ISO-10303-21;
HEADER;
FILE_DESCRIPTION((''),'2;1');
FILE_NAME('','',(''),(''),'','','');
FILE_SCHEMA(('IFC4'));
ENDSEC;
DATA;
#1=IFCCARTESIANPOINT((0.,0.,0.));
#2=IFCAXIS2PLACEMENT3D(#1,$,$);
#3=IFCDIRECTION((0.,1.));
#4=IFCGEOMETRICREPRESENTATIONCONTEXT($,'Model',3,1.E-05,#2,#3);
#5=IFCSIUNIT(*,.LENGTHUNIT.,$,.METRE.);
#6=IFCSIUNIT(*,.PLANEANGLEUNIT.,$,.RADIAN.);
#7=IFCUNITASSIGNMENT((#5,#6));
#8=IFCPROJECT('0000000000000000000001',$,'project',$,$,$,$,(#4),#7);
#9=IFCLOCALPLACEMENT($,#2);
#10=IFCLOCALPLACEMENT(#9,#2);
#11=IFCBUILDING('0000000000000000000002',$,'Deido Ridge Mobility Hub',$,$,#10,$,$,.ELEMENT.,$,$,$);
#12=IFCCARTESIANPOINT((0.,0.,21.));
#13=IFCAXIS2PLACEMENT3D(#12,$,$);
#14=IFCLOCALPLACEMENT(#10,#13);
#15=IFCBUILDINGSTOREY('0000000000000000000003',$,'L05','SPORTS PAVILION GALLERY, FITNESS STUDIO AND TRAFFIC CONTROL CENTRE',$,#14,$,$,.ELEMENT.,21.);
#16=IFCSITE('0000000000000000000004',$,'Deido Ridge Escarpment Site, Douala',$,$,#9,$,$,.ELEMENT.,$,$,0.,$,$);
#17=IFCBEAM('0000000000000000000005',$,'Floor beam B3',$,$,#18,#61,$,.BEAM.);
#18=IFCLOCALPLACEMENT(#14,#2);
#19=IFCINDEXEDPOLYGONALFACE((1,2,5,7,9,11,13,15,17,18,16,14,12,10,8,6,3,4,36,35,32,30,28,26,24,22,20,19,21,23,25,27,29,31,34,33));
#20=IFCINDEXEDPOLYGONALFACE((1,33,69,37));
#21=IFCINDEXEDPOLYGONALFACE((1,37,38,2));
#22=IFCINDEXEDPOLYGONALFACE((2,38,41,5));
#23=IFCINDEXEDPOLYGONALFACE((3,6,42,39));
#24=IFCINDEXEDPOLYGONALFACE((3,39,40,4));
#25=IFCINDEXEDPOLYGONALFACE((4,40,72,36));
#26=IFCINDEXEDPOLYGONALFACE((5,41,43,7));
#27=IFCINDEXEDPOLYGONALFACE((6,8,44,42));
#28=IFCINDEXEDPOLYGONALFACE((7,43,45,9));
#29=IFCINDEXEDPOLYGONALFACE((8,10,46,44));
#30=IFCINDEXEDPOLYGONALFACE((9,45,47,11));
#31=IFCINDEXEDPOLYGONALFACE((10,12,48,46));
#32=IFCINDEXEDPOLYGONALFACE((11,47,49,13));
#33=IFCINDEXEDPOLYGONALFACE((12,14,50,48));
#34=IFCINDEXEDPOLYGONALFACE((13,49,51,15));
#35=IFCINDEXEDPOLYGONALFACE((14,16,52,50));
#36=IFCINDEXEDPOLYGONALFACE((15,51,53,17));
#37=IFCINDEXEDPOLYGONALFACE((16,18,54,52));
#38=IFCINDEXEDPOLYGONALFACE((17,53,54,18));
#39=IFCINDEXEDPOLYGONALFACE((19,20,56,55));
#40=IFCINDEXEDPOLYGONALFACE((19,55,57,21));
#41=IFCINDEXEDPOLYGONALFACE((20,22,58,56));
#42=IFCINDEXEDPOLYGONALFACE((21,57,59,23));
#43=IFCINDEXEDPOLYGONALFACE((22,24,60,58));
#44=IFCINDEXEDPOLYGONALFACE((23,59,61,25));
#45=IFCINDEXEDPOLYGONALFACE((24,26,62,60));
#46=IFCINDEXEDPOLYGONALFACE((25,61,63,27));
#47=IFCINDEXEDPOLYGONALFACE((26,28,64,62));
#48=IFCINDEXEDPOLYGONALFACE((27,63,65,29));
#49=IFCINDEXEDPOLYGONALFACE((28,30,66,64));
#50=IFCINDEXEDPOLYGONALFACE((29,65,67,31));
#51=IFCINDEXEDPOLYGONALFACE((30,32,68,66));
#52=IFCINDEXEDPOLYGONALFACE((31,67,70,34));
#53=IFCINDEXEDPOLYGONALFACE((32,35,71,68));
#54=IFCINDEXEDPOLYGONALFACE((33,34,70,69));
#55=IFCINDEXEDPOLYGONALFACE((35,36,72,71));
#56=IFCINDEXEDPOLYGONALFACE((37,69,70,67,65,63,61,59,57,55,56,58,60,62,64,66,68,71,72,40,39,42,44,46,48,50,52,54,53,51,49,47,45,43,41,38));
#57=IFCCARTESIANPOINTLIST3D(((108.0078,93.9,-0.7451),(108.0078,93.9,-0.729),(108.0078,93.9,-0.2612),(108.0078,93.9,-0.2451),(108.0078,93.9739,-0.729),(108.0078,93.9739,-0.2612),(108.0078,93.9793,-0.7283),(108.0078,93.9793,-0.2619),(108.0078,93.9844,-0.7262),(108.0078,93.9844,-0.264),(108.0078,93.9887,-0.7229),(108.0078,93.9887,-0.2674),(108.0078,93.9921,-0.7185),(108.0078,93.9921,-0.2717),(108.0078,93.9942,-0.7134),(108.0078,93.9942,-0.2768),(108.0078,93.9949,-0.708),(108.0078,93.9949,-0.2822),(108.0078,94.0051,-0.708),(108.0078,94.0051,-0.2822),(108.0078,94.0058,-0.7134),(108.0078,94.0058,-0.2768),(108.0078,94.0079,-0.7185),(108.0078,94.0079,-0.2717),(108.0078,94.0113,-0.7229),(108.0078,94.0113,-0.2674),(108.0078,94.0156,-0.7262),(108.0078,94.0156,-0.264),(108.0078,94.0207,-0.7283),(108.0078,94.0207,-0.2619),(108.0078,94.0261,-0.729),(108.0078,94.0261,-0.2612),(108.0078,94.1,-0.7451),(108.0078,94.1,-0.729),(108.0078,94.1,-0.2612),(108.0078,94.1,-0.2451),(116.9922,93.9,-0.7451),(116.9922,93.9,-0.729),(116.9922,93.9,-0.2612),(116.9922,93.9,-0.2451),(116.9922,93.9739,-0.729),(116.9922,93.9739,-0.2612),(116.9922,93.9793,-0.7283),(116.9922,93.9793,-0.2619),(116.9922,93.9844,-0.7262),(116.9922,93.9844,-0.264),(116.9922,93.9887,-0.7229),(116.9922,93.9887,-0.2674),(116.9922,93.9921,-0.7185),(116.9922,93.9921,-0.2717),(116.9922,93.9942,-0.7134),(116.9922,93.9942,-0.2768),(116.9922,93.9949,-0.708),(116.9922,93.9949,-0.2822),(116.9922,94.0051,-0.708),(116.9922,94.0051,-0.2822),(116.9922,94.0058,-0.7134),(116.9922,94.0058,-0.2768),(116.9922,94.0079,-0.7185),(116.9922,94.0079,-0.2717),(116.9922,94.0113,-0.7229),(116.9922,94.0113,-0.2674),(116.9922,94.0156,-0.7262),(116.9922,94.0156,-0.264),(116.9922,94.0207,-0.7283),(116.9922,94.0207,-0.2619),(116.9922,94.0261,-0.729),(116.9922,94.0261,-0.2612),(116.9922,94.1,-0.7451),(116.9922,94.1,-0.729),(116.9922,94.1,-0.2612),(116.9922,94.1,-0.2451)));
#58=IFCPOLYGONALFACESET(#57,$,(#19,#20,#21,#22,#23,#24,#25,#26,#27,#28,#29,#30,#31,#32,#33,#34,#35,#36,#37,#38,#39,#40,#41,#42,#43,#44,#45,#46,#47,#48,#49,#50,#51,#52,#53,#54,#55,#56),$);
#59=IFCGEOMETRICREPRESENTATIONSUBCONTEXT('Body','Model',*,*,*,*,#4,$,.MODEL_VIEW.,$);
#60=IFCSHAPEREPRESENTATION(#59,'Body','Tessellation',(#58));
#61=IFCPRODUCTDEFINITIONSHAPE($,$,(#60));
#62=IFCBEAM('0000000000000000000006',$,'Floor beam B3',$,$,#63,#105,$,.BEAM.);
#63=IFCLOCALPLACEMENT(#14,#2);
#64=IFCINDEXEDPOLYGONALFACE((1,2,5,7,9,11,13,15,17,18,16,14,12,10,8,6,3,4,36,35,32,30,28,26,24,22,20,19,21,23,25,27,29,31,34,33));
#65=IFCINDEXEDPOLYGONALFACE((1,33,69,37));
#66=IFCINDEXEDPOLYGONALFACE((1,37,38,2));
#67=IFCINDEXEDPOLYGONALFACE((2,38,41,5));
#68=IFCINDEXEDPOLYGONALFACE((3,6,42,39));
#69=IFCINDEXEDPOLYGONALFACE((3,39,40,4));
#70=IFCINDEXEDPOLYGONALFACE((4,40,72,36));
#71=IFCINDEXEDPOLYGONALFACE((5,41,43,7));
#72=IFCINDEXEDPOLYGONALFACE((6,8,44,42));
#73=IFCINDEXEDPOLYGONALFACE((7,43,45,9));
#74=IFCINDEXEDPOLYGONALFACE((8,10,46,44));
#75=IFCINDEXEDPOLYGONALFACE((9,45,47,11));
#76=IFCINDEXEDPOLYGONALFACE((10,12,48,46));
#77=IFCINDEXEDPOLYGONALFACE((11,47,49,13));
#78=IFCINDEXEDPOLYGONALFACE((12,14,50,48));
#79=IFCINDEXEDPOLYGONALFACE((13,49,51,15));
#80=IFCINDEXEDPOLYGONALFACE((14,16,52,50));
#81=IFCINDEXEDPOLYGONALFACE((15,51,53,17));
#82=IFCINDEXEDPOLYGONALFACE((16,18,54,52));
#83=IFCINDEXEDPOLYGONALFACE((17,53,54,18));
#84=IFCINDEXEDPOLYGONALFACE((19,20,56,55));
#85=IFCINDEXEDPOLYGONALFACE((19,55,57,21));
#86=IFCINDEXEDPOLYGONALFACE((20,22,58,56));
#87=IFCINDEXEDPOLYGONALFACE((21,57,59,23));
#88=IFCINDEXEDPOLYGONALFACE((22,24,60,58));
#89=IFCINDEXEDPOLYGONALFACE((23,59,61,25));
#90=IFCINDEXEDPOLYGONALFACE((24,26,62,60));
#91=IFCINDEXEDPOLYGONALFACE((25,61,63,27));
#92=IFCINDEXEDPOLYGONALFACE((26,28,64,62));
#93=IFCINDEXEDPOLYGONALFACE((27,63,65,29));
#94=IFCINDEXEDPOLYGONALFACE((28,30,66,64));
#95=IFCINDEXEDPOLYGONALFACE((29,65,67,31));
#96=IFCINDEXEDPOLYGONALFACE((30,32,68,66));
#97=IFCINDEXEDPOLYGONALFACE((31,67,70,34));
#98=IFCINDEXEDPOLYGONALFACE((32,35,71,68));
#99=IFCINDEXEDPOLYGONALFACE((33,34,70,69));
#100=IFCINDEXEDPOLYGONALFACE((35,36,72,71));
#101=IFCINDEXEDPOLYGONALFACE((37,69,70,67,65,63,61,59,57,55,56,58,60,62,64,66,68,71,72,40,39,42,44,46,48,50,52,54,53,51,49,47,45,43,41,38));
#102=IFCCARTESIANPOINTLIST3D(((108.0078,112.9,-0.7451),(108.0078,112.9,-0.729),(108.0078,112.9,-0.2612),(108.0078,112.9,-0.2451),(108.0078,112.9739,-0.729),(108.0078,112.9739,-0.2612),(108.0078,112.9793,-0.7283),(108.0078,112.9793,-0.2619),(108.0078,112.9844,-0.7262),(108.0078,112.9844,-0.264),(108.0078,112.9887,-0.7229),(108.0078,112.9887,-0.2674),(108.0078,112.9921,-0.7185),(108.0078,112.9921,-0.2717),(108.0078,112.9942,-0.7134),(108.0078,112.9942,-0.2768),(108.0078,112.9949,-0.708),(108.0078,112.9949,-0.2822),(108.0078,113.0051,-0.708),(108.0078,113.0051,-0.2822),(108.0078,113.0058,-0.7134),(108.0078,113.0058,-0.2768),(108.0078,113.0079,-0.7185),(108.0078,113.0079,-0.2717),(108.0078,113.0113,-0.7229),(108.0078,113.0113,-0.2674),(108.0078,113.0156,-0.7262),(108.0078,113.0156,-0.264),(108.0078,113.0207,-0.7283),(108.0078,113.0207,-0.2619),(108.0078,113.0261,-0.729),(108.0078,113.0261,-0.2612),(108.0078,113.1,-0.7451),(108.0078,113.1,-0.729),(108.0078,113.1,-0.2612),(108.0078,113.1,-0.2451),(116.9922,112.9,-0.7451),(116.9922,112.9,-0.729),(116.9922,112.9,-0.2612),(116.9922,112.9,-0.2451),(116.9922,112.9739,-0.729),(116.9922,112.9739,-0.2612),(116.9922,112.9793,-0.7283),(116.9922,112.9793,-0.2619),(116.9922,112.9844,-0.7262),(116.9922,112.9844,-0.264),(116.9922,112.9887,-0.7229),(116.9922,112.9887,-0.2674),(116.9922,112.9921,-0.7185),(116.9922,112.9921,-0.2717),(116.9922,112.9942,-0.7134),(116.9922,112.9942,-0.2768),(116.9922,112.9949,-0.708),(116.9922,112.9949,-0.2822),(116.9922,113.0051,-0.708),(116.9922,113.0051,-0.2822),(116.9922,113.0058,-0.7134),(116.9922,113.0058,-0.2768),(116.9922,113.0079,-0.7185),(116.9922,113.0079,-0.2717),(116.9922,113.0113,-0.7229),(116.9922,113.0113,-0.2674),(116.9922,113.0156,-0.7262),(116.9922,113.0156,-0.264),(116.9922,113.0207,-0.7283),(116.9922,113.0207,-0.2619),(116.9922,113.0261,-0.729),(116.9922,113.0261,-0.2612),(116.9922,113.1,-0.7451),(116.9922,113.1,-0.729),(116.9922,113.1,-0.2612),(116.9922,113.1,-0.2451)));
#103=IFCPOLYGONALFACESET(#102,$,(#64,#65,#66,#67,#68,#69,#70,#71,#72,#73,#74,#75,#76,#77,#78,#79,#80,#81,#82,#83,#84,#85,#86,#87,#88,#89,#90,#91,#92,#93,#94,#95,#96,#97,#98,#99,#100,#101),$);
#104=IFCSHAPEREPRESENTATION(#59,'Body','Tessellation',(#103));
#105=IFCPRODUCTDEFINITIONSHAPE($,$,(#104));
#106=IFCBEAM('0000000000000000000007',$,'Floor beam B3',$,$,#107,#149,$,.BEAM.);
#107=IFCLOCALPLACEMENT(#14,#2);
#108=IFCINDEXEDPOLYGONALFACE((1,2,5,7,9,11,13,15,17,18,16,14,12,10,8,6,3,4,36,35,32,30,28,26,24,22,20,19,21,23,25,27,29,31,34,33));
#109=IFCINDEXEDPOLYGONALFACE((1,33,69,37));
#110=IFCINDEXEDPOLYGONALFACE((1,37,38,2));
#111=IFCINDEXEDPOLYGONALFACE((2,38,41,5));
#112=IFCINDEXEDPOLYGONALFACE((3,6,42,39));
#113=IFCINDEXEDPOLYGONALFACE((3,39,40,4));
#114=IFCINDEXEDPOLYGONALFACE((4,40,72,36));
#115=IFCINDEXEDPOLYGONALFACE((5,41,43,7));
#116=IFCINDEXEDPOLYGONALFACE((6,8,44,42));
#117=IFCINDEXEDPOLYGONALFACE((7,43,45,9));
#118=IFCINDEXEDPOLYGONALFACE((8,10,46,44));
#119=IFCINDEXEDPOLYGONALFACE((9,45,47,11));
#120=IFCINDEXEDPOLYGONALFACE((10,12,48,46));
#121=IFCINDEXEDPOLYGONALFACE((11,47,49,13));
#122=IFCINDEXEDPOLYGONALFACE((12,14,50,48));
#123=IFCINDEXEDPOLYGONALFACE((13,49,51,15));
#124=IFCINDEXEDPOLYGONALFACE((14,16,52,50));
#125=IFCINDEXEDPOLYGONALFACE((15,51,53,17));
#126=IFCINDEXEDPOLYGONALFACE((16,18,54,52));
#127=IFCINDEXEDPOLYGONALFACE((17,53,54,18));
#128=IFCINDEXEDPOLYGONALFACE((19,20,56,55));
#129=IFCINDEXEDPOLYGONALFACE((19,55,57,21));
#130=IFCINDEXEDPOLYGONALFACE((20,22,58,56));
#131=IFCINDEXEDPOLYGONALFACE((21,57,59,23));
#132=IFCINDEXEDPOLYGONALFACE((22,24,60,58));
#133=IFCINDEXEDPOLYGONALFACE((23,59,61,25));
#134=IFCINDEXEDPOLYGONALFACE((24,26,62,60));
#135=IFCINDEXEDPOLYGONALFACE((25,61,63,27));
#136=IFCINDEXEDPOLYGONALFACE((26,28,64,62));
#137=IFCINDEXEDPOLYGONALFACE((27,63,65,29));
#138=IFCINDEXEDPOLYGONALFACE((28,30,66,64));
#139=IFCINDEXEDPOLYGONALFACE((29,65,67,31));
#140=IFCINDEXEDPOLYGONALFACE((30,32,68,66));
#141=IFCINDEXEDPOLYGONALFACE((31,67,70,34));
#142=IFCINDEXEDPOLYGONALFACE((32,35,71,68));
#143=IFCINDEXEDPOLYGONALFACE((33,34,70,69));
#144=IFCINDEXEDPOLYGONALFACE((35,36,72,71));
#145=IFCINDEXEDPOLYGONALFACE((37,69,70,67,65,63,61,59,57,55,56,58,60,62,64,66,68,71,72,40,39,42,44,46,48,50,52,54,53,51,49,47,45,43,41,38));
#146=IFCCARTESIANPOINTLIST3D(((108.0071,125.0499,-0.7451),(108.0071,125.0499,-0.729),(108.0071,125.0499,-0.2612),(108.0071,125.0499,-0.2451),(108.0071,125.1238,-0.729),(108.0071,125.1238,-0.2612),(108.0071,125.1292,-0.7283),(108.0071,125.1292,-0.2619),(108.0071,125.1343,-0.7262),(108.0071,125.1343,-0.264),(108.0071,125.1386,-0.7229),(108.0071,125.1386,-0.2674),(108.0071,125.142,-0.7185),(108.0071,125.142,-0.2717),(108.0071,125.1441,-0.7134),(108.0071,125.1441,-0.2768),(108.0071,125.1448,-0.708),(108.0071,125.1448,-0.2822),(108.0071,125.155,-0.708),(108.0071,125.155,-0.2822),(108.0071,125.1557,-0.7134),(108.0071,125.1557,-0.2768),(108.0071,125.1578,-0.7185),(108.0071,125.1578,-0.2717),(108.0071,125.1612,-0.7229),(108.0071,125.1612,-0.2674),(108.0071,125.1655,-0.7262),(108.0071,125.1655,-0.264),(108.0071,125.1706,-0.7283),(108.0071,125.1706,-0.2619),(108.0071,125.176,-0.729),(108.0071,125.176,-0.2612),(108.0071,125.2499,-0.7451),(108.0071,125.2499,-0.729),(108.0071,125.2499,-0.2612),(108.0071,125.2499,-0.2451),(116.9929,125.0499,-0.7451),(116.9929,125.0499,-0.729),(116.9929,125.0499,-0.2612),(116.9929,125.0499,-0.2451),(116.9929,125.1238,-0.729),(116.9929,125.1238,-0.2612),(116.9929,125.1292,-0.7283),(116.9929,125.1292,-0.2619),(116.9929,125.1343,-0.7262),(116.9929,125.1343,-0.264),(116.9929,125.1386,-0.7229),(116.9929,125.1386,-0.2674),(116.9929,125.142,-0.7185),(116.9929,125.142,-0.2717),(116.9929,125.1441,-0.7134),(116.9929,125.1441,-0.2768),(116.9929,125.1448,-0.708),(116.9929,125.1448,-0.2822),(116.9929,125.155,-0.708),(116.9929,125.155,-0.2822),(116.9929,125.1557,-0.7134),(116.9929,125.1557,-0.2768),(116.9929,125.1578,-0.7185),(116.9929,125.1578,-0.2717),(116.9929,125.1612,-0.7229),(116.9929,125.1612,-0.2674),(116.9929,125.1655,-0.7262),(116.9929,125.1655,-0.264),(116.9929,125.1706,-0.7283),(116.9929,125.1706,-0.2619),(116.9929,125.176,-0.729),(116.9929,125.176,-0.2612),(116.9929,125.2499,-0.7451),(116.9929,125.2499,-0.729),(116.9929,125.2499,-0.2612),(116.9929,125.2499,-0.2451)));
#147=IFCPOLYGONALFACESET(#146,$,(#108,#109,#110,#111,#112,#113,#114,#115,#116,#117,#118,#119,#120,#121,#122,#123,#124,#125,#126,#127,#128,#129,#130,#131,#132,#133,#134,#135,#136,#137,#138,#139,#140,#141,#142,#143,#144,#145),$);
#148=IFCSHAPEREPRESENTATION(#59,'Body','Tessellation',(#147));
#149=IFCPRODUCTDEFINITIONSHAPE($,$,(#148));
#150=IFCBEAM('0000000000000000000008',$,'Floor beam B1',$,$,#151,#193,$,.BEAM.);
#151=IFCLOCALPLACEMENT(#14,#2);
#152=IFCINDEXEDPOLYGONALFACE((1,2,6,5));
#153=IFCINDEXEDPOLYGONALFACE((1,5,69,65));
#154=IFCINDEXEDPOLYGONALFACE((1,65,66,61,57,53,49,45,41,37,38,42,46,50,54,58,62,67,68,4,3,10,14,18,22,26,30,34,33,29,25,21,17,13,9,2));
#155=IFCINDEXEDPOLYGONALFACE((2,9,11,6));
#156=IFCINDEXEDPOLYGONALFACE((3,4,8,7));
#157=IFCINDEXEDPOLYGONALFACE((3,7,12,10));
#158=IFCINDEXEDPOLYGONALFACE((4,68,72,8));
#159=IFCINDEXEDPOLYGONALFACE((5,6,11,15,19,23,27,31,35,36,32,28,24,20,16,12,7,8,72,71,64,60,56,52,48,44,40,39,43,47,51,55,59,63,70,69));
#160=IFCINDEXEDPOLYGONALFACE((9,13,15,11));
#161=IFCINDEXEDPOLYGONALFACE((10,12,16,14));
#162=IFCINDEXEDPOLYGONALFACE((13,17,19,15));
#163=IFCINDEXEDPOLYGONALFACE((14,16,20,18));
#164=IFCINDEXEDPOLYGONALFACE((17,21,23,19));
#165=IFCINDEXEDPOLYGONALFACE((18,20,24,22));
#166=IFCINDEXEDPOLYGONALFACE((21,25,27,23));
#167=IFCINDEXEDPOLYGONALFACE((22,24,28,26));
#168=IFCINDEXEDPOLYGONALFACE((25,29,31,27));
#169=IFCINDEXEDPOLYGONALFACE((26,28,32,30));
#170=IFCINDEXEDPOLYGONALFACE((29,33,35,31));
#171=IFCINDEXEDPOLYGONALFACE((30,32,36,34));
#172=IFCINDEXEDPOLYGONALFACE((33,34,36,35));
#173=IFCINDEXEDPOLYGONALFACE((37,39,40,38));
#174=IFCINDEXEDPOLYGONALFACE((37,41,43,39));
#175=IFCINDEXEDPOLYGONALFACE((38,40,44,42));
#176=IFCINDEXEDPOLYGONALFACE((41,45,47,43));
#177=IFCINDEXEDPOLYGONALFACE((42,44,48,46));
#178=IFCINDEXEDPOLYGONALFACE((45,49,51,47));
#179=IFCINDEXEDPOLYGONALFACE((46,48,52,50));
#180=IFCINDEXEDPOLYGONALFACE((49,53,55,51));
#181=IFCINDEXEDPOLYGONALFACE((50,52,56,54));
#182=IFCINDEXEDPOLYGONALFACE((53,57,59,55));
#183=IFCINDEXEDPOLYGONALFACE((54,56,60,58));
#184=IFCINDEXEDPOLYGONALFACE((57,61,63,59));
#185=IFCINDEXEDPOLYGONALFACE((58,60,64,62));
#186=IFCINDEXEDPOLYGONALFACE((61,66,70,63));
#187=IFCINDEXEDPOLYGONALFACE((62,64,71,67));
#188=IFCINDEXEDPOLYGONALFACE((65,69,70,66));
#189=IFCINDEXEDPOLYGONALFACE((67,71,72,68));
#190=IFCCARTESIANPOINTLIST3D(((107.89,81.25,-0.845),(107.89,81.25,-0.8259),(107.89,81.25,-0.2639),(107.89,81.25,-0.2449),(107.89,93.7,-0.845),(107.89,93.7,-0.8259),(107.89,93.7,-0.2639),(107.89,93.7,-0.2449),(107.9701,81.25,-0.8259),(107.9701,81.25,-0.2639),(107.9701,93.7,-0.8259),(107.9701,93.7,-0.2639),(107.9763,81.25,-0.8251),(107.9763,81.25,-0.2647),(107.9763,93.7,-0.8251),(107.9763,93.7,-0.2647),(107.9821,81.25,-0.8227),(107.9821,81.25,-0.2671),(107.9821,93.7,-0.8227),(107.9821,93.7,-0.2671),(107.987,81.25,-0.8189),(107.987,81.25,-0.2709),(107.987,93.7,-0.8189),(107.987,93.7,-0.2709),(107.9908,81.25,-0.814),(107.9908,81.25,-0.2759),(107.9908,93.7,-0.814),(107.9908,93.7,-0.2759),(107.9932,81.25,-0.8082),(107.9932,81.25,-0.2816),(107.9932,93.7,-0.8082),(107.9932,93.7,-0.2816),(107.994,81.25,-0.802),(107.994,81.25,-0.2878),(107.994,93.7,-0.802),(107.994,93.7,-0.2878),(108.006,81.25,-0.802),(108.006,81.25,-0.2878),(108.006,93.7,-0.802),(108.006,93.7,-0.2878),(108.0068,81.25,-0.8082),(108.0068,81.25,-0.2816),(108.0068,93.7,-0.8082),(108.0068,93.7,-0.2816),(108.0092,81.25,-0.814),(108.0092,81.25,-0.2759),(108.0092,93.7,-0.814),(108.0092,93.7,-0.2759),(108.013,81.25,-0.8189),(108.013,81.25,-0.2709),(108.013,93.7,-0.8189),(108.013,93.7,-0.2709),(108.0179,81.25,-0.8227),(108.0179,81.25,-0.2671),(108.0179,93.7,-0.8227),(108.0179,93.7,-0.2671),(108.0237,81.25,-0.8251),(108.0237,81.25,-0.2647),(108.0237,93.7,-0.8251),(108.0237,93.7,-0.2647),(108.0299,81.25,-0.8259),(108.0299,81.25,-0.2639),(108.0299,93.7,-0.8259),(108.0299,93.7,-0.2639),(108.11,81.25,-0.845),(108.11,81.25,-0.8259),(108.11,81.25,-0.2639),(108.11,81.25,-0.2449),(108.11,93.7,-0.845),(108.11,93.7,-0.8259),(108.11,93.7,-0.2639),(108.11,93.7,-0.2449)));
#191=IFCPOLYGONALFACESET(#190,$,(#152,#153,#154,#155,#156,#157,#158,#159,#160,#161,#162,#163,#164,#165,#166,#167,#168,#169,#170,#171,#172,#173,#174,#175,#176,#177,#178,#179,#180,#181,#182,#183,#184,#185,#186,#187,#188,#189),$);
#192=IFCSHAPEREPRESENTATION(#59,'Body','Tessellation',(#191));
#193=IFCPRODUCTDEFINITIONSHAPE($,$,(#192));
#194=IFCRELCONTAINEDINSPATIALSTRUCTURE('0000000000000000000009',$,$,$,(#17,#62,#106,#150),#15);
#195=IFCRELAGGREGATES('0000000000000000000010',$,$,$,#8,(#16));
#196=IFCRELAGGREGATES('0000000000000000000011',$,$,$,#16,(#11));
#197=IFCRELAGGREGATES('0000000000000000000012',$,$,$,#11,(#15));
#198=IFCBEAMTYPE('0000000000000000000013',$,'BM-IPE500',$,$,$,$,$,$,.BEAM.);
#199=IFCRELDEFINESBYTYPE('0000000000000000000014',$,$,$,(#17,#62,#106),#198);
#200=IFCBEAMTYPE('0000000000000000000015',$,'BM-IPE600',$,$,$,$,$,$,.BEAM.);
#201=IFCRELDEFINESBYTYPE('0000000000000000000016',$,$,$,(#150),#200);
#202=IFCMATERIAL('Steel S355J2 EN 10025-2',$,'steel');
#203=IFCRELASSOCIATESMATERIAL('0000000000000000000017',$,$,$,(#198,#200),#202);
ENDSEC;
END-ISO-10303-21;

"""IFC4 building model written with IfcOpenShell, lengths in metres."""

from ifc_helpers import new_model, si_unit, direction, frame, origin, origin_2d, place, context, subcontext, project, spatial, i_section, extrude, material, material_profile, profile_set, type_object, element, save


model = new_model("IFC4")

# Units and contexts
model_context = context("Model", 3, precision=1e-05, world=origin(), true_north=direction((0.0, 1.0)))
body_context = subcontext(model_context, "Body", "Model", "MODEL_VIEW")
ifc_project = project(units=[si_unit("LENGTHUNIT", "METRE"), si_unit("PLANEANGLEUNIT", "RADIAN")], contexts=[model_context])

# Site, building, storey
site_placement = place(None, origin())
site = spatial("IfcSite", under=ifc_project, at=site_placement, Name="Deido Ridge Escarpment Site, Douala", CompositionType="ELEMENT", RefElevation=0.0)
building_placement = place(site_placement, origin())
building = spatial("IfcBuilding", under=site, at=building_placement, Name="Deido Ridge Mobility Hub", CompositionType="ELEMENT")
storey_placement = place(building_placement, frame((0.0, 0.0, 21.0)))
storey = spatial("IfcBuildingStorey", under=building, at=storey_placement, Name="L05", Description="SPORTS PAVILION GALLERY, FITNESS STUDIO AND TRAFFIC CONTROL CENTRE", CompositionType="ELEMENT", Elevation=21.0)

# Beams
ifc_material_1 = material(Name="Steel S355J2 EN 10025-2", Category="steel")
ifc_material_profile_1 = material_profile(ifc_material_1, i_section(OverallWidth=0.2, OverallDepth=0.5, WebThickness=0.0103, FlangeThickness=0.0161, FilletRadius=0.021, at=origin_2d()), Name="IPE 500")
ifc_profile_set_1 = profile_set([ifc_material_profile_1], Name="Steel S355J2 EN 10025-2")
beam_type_1 = type_object("IfcBeamType", Name="BM-IPE500", PredefinedType="BEAM", material=ifc_profile_set_1)
for number, where, z_axis, x_axis, name in (
    (1, (108.0078, 94.0, -0.4951), (1.0, 0.0, 0.0), (0.0, 1.0, 0.0), "Floor beam B3"),
    (2, (108.0078, 113.0, -0.4951), (1.0, 0.0, 0.0), (0.0, 1.0, 0.0), "Floor beam B3"),
):
    element("IfcBeam", number, at=place(storey_placement, frame(where, z_axis=z_axis, x_axis=x_axis)), inside=storey, type_object=beam_type_1, Name=name, PredefinedType="BEAM", context=body_context, shape_type="SweptSolid", body=[
        extrude(i_section(OverallWidth=0.2, OverallDepth=0.5, WebThickness=0.0103, FlangeThickness=0.0161, FilletRadius=0.021, at=origin_2d()), origin(), (0.0, 0.0, 1.0), 8.9844),
    ])
beam_1_placement = place(storey_placement, frame((108.0071, 125.1499, -0.4951), z_axis=(1.0, 0.0, 0.0), x_axis=(0.0, 1.0, 0.0)))
element("IfcBeam", 3, at=beam_1_placement, inside=storey, type_object=beam_type_1, Name="Floor beam B3", PredefinedType="BEAM", context=body_context, shape_type="SweptSolid", body=[
    extrude(i_section(OverallWidth=0.2, OverallDepth=0.5, WebThickness=0.0103, FlangeThickness=0.0161, FilletRadius=0.021, at=origin_2d()), origin(), (0.0, 0.0, 1.0), 8.9858),
])
ifc_material_profile_2 = material_profile(ifc_material_1, i_section(OverallWidth=0.22, OverallDepth=0.6001, WebThickness=0.012, FlangeThickness=0.019, FilletRadius=0.0239, at=origin_2d()), Name="IPE 600")
ifc_profile_set_2 = profile_set([ifc_material_profile_2], Name="Steel S355J2 EN 10025-2")
beam_type_2 = type_object("IfcBeamType", Name="BM-IPE600", PredefinedType="BEAM", material=ifc_profile_set_2)
beam_2_placement = place(storey_placement, frame((108.0, 81.25, -0.5449), z_axis=(0.0, 1.0, 0.0), x_axis=(-1.0, 0.0, 0.0)))
element("IfcBeam", 4, at=beam_2_placement, inside=storey, type_object=beam_type_2, Name="Floor beam B1", PredefinedType="BEAM", context=body_context, shape_type="SweptSolid", body=[
    extrude(i_section(OverallWidth=0.22, OverallDepth=0.6001, WebThickness=0.012, FlangeThickness=0.019, FilletRadius=0.0239, at=origin_2d()), origin(), (0.0, 0.0, 1.0), 12.45),
])

save(model, "model.ifc")
